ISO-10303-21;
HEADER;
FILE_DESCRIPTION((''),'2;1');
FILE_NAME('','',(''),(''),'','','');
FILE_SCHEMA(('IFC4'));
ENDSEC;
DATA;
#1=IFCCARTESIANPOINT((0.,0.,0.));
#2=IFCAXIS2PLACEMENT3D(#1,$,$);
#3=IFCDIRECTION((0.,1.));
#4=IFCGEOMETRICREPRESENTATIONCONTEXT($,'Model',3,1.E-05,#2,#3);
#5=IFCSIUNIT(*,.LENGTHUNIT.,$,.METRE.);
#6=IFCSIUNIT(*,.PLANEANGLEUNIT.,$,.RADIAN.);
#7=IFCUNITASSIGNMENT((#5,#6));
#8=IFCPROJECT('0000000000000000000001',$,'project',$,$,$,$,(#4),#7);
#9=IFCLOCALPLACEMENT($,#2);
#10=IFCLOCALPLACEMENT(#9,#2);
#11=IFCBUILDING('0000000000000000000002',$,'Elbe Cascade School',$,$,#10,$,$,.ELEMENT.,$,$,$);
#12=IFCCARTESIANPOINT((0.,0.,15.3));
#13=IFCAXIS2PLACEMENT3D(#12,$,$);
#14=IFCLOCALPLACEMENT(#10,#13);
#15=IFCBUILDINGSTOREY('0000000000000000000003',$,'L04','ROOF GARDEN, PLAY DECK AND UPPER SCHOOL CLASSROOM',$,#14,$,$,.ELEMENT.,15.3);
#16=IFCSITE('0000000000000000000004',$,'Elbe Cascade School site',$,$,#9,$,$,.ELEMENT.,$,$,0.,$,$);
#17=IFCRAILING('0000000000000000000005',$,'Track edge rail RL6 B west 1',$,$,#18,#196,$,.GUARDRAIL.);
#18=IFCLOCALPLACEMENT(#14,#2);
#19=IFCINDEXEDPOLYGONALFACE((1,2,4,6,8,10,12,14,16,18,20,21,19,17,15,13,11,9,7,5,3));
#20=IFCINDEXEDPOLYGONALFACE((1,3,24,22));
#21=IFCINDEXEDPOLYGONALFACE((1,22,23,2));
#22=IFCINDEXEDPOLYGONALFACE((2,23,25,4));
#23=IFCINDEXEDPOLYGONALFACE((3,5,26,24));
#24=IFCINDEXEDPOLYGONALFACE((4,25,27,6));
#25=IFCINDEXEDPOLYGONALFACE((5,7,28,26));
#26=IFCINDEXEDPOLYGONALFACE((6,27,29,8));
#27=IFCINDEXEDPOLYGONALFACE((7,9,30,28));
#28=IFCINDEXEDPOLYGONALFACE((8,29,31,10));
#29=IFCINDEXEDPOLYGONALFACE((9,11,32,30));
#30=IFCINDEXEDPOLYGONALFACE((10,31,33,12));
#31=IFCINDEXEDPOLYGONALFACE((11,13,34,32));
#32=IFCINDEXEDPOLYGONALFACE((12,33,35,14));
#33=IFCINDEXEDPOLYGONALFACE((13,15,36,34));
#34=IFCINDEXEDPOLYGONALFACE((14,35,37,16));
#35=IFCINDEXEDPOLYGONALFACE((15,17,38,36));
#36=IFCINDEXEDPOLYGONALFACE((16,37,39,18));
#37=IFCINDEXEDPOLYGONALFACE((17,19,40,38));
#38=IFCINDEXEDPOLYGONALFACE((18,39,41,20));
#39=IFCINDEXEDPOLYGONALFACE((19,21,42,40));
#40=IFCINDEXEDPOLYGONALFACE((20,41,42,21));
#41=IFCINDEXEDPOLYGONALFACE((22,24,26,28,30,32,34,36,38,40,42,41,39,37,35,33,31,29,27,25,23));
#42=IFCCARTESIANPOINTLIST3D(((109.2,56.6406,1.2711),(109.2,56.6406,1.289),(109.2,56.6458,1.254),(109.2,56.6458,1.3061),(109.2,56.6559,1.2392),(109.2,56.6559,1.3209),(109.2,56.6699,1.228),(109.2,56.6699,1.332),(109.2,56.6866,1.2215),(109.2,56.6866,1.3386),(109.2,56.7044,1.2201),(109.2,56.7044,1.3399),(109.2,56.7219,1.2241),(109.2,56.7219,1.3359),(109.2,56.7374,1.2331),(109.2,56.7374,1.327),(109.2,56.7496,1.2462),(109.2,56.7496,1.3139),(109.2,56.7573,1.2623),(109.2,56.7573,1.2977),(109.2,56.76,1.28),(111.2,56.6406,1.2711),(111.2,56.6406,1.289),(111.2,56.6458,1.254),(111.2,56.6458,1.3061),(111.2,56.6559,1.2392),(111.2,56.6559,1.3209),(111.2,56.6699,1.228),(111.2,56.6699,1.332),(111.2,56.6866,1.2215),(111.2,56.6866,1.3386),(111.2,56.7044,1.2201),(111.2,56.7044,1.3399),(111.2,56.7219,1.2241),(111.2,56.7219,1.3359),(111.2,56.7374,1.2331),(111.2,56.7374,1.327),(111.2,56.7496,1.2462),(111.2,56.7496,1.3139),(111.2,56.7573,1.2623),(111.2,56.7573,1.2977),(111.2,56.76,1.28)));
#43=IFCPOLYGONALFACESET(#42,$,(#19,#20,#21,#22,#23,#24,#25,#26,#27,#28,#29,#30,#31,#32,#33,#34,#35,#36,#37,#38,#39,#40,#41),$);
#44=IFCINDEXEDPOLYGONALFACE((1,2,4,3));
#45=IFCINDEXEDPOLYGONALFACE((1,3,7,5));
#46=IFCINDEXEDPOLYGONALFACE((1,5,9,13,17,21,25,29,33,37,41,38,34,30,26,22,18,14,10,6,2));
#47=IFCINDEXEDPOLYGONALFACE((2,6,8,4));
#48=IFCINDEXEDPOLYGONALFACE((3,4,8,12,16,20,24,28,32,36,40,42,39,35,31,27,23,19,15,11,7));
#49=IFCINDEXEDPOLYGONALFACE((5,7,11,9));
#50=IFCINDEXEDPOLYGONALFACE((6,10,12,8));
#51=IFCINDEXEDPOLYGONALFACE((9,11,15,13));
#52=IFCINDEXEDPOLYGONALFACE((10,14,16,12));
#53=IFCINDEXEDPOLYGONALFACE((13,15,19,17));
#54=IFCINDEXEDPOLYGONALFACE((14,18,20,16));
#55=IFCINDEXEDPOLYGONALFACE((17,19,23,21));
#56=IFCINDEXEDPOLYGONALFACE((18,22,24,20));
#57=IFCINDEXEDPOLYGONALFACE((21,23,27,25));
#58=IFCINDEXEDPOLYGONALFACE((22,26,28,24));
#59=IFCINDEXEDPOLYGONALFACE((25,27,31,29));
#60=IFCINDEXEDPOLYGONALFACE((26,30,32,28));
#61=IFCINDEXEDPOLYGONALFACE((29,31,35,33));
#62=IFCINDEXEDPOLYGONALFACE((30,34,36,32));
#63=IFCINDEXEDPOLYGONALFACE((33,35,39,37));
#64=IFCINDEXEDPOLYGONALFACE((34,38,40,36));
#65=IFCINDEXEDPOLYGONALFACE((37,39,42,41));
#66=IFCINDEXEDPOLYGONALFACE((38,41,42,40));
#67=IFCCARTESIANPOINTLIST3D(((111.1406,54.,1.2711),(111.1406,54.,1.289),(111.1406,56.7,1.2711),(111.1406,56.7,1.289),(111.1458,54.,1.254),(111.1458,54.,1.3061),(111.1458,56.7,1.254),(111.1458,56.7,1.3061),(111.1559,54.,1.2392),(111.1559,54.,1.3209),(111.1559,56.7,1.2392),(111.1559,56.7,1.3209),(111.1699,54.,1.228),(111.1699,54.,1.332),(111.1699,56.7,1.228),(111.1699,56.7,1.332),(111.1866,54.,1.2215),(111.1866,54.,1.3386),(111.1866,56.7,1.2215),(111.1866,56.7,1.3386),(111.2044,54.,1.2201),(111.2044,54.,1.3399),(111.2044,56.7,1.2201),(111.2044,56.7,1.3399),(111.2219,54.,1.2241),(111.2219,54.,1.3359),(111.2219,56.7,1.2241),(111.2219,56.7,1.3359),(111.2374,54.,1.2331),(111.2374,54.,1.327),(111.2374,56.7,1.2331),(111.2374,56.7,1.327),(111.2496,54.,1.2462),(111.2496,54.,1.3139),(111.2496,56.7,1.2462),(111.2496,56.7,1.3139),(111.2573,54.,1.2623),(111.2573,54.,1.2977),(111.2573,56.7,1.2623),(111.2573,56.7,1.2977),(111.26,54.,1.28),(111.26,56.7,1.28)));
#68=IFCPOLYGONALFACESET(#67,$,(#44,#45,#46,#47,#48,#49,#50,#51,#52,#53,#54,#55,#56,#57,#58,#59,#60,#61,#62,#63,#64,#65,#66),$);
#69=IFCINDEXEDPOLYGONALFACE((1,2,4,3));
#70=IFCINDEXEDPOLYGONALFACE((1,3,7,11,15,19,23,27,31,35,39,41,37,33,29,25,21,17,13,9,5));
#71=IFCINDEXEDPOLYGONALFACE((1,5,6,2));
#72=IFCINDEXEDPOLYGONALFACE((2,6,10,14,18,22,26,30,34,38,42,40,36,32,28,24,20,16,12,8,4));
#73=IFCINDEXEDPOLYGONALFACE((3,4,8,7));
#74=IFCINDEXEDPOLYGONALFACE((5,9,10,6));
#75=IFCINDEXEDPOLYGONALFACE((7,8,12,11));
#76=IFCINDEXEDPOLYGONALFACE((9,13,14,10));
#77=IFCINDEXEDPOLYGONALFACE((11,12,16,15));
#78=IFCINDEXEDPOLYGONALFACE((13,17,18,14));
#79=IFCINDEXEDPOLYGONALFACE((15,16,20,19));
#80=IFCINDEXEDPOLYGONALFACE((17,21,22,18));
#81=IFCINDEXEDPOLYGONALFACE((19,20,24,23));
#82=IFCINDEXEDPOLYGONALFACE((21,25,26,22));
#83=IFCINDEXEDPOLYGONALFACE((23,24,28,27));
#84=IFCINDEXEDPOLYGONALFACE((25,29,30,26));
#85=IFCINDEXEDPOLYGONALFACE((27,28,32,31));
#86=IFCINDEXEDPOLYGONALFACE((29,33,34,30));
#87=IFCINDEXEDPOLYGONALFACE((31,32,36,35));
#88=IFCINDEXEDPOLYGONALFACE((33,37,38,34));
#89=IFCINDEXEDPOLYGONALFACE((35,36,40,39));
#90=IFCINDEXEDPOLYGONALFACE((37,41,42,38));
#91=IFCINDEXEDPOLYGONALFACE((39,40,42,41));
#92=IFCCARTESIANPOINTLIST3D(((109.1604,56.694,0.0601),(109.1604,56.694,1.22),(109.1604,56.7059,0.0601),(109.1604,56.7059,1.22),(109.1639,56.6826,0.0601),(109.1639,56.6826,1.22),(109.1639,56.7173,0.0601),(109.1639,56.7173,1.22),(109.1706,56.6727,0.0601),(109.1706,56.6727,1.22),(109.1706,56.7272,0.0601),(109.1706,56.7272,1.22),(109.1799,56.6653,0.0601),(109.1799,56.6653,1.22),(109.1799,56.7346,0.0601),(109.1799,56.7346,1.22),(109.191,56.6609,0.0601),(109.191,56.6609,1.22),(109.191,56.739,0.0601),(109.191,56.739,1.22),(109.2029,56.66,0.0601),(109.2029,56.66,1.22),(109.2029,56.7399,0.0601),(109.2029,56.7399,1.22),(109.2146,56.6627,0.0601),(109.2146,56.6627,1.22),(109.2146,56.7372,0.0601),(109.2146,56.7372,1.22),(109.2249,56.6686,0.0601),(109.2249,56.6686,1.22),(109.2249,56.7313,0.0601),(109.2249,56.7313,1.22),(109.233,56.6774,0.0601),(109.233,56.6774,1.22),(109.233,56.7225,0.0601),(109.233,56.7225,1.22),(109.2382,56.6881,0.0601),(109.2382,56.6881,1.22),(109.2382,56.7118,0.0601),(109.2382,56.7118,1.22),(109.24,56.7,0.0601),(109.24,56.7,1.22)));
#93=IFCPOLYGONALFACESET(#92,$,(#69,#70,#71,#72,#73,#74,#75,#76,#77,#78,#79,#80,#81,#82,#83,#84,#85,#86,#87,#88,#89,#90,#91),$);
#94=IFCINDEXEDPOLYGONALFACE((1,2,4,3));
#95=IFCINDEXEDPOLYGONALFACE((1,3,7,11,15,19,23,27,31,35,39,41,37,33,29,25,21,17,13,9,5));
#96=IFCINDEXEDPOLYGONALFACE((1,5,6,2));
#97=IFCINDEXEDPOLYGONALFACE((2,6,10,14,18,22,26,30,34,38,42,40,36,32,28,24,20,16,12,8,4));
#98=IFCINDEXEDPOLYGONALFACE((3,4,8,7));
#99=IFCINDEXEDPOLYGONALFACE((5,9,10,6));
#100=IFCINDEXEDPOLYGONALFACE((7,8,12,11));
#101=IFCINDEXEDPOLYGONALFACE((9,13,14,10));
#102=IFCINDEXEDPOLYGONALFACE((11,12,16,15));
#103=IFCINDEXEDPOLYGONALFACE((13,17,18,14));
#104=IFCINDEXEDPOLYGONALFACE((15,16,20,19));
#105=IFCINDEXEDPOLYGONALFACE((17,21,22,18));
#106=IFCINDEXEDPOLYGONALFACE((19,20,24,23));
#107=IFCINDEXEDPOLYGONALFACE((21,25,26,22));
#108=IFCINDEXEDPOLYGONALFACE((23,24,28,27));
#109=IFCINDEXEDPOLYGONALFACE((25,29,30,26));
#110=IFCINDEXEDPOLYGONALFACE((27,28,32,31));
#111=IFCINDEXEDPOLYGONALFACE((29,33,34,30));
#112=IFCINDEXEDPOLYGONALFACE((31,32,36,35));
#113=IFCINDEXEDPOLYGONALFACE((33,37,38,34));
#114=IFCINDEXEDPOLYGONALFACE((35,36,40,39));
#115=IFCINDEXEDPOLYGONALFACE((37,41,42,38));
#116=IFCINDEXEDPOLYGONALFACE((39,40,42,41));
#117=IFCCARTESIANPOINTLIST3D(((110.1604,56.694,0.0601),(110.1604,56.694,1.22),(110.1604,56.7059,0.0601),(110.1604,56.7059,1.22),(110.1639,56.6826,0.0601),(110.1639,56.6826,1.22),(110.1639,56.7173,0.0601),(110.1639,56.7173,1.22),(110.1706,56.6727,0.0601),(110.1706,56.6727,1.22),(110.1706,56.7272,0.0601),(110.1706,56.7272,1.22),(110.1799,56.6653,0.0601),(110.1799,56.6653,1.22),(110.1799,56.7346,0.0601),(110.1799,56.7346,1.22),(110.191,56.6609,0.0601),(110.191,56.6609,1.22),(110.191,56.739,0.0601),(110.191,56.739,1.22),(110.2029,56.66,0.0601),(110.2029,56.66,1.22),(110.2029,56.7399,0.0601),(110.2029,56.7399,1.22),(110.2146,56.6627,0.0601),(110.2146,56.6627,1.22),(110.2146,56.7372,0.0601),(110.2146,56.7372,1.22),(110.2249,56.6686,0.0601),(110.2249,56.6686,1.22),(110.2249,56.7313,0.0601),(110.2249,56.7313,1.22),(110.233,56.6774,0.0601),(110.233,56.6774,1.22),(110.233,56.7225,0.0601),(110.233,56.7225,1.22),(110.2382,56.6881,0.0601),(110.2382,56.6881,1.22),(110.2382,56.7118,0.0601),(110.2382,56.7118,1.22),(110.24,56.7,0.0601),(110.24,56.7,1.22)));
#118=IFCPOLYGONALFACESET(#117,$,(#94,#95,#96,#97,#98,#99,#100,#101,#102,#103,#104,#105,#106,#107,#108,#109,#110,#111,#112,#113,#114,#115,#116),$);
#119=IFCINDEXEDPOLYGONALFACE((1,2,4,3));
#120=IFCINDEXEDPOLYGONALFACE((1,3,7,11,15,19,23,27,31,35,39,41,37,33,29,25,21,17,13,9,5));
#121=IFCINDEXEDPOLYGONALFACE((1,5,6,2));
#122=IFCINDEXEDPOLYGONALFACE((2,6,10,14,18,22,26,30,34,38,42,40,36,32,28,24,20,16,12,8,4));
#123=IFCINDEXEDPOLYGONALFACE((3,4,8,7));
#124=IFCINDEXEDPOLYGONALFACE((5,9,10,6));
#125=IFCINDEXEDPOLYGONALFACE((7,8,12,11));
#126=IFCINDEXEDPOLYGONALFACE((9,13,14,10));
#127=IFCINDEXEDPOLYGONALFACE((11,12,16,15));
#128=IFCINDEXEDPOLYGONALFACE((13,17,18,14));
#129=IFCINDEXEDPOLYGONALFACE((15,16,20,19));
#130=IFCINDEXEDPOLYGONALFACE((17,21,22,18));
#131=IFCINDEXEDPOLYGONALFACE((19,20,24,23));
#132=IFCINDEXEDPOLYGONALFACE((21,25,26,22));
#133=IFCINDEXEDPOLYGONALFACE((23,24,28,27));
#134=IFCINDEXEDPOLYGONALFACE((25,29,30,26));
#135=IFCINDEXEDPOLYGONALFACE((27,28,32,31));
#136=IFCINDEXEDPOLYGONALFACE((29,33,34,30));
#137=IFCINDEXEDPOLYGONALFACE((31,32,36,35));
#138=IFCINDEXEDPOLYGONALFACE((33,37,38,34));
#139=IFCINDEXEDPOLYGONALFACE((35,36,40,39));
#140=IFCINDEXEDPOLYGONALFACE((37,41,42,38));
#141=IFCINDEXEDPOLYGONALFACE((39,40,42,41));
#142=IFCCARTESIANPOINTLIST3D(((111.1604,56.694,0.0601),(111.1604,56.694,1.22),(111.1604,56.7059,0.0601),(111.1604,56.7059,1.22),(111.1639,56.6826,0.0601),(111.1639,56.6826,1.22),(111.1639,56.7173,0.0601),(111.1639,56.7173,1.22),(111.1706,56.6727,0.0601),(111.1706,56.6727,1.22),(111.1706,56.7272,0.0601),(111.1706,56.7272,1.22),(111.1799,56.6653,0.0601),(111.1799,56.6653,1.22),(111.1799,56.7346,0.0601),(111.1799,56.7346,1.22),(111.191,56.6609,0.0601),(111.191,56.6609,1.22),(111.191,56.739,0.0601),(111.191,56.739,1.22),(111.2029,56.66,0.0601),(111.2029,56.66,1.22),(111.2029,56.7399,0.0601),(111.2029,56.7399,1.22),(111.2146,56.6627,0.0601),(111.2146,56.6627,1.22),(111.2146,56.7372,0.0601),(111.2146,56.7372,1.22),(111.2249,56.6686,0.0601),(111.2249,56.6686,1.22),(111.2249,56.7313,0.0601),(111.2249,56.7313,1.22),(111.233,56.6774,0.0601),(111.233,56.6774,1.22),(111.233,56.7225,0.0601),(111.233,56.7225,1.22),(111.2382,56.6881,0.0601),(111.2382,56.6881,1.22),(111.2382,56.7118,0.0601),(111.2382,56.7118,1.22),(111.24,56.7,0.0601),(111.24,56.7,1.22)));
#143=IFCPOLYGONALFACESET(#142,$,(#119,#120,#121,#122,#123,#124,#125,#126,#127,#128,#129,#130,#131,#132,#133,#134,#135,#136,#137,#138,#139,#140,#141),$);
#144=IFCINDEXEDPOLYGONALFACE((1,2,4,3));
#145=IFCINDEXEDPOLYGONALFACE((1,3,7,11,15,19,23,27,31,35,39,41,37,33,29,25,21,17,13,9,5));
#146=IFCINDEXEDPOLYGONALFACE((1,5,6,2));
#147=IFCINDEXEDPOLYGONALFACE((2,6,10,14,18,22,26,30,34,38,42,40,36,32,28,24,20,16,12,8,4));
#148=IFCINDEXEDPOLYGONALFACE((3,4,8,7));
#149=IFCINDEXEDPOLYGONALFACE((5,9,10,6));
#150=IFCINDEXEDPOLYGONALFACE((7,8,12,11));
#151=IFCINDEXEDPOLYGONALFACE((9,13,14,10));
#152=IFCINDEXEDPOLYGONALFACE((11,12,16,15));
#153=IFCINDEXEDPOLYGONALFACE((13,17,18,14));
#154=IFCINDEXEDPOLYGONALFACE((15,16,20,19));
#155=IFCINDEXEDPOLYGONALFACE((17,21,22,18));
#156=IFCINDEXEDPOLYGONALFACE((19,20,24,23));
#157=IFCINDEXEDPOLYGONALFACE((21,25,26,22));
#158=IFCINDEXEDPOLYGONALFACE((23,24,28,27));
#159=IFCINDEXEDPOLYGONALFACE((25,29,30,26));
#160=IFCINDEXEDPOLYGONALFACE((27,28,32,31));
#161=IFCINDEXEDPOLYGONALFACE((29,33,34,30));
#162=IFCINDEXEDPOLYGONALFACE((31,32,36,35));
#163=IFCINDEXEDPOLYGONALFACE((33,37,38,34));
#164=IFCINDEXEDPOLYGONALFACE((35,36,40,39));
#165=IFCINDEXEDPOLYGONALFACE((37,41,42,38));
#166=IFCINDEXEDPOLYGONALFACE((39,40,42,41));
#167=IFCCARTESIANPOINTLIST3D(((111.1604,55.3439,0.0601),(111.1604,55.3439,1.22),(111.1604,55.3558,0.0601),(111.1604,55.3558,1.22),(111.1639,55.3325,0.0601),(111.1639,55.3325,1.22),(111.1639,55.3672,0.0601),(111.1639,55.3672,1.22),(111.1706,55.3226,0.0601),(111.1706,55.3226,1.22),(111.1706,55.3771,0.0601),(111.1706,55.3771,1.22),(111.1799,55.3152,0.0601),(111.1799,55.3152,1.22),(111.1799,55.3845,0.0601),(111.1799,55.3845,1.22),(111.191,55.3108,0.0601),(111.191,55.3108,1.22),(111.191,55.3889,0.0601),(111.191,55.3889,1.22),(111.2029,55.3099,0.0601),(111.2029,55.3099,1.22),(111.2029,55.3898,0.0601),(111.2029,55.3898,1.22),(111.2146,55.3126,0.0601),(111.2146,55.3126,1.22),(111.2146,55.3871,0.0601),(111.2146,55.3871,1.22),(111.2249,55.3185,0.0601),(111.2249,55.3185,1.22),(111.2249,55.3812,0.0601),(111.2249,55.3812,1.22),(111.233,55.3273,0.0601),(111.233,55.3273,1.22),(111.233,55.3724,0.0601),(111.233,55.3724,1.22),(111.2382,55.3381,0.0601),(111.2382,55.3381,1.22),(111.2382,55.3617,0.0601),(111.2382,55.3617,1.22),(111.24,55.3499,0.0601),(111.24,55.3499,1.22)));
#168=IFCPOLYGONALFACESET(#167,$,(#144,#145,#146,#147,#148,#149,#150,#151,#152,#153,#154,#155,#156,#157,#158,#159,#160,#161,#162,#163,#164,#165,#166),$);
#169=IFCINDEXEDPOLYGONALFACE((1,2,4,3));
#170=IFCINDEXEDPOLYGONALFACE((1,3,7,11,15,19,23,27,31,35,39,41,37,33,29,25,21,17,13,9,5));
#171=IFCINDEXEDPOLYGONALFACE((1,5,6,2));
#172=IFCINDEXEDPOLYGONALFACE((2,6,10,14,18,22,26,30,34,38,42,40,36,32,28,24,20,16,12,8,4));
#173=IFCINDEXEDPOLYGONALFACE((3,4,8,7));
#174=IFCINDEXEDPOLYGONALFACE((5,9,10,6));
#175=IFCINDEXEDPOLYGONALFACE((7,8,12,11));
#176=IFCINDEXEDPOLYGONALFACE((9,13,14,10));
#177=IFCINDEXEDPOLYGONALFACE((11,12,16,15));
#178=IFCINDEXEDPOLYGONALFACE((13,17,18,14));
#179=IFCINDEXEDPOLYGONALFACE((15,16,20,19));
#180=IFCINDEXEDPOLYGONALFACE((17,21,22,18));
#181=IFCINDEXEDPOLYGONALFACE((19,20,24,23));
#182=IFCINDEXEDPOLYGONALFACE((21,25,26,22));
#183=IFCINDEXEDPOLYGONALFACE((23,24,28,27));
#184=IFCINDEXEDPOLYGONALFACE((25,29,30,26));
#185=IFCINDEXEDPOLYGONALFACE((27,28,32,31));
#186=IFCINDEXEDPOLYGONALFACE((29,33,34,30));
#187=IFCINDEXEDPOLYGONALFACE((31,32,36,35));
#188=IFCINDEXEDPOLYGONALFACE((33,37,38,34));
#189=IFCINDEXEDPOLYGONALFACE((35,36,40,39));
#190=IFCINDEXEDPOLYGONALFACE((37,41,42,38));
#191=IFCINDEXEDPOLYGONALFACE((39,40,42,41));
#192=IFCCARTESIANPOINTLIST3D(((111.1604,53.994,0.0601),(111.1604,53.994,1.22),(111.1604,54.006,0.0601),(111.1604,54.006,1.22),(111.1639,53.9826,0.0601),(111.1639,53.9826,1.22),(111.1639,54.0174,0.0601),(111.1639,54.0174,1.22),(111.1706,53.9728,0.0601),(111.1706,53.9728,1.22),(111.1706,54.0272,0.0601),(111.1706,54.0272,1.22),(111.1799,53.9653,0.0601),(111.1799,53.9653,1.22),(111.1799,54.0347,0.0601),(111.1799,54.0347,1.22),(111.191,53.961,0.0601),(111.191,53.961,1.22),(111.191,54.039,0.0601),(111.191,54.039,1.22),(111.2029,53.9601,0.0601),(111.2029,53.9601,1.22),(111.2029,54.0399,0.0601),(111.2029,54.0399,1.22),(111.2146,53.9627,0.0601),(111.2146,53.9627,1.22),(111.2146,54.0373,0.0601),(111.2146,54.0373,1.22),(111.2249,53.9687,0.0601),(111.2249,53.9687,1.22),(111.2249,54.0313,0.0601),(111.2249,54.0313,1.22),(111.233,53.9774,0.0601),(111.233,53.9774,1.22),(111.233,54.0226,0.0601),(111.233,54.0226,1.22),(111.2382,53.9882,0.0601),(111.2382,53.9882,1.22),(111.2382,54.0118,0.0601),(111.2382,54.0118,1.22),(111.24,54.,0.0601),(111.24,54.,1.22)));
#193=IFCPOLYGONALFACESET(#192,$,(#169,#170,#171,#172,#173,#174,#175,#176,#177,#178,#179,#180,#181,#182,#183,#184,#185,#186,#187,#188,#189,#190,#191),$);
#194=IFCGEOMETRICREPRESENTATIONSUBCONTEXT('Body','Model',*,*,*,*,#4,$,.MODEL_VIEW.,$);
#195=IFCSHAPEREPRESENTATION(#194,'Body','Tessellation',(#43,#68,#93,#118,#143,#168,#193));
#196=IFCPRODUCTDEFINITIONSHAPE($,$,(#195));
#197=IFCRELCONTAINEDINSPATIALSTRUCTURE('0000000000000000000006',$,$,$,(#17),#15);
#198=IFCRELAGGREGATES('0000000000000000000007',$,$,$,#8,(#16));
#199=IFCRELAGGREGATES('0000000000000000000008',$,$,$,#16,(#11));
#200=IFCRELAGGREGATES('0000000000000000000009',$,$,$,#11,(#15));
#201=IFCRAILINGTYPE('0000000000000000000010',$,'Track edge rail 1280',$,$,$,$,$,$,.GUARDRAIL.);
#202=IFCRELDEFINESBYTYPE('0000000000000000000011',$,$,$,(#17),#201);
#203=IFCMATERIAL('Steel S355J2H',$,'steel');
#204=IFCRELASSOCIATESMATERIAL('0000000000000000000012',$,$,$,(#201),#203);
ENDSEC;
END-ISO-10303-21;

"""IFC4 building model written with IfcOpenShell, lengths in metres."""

from ifc_helpers import new_model, si_unit, direction, frame, origin, origin_2d, place, context, subcontext, project, spatial, circle, extrude, material, type_object, element, save


model = new_model("IFC4")

# Units and contexts
model_context = context("Model", 3, precision=1e-05, world=origin(), true_north=direction((0.0, 1.0)))
body_context = subcontext(model_context, "Body", "Model", "MODEL_VIEW")
ifc_project = project(units=[si_unit("LENGTHUNIT", "METRE"), si_unit("PLANEANGLEUNIT", "RADIAN")], contexts=[model_context])

# Site, building, storey
site_placement = place(None, origin())
site = spatial("IfcSite", under=ifc_project, at=site_placement, Name="Elbe Cascade School site", CompositionType="ELEMENT", RefElevation=0.0)
building_placement = place(site_placement, origin())
building = spatial("IfcBuilding", under=site, at=building_placement, Name="Elbe Cascade School", CompositionType="ELEMENT")
storey_placement = place(building_placement, frame((0.0, 0.0, 15.3)))
storey = spatial("IfcBuildingStorey", under=building, at=storey_placement, Name="L04", Description="ROOF GARDEN, PLAY DECK AND UPPER SCHOOL CLASSROOM", CompositionType="ELEMENT", Elevation=15.3)

# Railing
ifc_material_1 = material(Name="Steel S355J2H", Category="steel")
railing_type_1 = type_object("IfcRailingType", Name="Track edge rail 1280", PredefinedType="GUARDRAIL", material=ifc_material_1)
railing_1_placement = place(storey_placement, frame((109.2, 56.7, 0.0601)))
element("IfcRailing", 1, at=railing_1_placement, inside=storey, type_object=railing_type_1, Name="Track edge rail RL6 B west 1", PredefinedType="GUARDRAIL", context=body_context, shape_type="SweptSolid", body=[
    extrude(circle(Radius=0.0601, at=origin_2d()), frame((0.0, 0.0, 1.22), z_axis=(1.0, 0.0, 0.0), x_axis=(0.0, 1.0, 0.0)), (0.0, 0.0, 1.0), 2.0),
    extrude(circle(Radius=0.0601, at=origin_2d()), frame((2.0, 0.0, 1.22), z_axis=(0.0, -1.0, 0.0), x_axis=(1.0, 0.0, 0.0)), (0.0, 0.0, 1.0), 2.7),
    extrude(circle(Radius=0.04, at=origin_2d()), origin(), (0.0, 0.0, 1.0), 1.1599),
    extrude(circle(Radius=0.04, at=origin_2d()), frame((1.0, 0.0, 0.0)), (0.0, 0.0, 1.0), 1.1599),
    extrude(circle(Radius=0.04, at=origin_2d()), frame((2.0, 0.0, 0.0)), (0.0, 0.0, 1.0), 1.1599),
    extrude(circle(Radius=0.04, at=origin_2d()), frame((2.0, -1.3501, 0.0)), (0.0, 0.0, 1.0), 1.1599),
    extrude(circle(Radius=0.04, at=origin_2d()), frame((2.0, -2.7, 0.0)), (0.0, 0.0, 1.0), 1.1599),
])

save(model, "model.ifc")
